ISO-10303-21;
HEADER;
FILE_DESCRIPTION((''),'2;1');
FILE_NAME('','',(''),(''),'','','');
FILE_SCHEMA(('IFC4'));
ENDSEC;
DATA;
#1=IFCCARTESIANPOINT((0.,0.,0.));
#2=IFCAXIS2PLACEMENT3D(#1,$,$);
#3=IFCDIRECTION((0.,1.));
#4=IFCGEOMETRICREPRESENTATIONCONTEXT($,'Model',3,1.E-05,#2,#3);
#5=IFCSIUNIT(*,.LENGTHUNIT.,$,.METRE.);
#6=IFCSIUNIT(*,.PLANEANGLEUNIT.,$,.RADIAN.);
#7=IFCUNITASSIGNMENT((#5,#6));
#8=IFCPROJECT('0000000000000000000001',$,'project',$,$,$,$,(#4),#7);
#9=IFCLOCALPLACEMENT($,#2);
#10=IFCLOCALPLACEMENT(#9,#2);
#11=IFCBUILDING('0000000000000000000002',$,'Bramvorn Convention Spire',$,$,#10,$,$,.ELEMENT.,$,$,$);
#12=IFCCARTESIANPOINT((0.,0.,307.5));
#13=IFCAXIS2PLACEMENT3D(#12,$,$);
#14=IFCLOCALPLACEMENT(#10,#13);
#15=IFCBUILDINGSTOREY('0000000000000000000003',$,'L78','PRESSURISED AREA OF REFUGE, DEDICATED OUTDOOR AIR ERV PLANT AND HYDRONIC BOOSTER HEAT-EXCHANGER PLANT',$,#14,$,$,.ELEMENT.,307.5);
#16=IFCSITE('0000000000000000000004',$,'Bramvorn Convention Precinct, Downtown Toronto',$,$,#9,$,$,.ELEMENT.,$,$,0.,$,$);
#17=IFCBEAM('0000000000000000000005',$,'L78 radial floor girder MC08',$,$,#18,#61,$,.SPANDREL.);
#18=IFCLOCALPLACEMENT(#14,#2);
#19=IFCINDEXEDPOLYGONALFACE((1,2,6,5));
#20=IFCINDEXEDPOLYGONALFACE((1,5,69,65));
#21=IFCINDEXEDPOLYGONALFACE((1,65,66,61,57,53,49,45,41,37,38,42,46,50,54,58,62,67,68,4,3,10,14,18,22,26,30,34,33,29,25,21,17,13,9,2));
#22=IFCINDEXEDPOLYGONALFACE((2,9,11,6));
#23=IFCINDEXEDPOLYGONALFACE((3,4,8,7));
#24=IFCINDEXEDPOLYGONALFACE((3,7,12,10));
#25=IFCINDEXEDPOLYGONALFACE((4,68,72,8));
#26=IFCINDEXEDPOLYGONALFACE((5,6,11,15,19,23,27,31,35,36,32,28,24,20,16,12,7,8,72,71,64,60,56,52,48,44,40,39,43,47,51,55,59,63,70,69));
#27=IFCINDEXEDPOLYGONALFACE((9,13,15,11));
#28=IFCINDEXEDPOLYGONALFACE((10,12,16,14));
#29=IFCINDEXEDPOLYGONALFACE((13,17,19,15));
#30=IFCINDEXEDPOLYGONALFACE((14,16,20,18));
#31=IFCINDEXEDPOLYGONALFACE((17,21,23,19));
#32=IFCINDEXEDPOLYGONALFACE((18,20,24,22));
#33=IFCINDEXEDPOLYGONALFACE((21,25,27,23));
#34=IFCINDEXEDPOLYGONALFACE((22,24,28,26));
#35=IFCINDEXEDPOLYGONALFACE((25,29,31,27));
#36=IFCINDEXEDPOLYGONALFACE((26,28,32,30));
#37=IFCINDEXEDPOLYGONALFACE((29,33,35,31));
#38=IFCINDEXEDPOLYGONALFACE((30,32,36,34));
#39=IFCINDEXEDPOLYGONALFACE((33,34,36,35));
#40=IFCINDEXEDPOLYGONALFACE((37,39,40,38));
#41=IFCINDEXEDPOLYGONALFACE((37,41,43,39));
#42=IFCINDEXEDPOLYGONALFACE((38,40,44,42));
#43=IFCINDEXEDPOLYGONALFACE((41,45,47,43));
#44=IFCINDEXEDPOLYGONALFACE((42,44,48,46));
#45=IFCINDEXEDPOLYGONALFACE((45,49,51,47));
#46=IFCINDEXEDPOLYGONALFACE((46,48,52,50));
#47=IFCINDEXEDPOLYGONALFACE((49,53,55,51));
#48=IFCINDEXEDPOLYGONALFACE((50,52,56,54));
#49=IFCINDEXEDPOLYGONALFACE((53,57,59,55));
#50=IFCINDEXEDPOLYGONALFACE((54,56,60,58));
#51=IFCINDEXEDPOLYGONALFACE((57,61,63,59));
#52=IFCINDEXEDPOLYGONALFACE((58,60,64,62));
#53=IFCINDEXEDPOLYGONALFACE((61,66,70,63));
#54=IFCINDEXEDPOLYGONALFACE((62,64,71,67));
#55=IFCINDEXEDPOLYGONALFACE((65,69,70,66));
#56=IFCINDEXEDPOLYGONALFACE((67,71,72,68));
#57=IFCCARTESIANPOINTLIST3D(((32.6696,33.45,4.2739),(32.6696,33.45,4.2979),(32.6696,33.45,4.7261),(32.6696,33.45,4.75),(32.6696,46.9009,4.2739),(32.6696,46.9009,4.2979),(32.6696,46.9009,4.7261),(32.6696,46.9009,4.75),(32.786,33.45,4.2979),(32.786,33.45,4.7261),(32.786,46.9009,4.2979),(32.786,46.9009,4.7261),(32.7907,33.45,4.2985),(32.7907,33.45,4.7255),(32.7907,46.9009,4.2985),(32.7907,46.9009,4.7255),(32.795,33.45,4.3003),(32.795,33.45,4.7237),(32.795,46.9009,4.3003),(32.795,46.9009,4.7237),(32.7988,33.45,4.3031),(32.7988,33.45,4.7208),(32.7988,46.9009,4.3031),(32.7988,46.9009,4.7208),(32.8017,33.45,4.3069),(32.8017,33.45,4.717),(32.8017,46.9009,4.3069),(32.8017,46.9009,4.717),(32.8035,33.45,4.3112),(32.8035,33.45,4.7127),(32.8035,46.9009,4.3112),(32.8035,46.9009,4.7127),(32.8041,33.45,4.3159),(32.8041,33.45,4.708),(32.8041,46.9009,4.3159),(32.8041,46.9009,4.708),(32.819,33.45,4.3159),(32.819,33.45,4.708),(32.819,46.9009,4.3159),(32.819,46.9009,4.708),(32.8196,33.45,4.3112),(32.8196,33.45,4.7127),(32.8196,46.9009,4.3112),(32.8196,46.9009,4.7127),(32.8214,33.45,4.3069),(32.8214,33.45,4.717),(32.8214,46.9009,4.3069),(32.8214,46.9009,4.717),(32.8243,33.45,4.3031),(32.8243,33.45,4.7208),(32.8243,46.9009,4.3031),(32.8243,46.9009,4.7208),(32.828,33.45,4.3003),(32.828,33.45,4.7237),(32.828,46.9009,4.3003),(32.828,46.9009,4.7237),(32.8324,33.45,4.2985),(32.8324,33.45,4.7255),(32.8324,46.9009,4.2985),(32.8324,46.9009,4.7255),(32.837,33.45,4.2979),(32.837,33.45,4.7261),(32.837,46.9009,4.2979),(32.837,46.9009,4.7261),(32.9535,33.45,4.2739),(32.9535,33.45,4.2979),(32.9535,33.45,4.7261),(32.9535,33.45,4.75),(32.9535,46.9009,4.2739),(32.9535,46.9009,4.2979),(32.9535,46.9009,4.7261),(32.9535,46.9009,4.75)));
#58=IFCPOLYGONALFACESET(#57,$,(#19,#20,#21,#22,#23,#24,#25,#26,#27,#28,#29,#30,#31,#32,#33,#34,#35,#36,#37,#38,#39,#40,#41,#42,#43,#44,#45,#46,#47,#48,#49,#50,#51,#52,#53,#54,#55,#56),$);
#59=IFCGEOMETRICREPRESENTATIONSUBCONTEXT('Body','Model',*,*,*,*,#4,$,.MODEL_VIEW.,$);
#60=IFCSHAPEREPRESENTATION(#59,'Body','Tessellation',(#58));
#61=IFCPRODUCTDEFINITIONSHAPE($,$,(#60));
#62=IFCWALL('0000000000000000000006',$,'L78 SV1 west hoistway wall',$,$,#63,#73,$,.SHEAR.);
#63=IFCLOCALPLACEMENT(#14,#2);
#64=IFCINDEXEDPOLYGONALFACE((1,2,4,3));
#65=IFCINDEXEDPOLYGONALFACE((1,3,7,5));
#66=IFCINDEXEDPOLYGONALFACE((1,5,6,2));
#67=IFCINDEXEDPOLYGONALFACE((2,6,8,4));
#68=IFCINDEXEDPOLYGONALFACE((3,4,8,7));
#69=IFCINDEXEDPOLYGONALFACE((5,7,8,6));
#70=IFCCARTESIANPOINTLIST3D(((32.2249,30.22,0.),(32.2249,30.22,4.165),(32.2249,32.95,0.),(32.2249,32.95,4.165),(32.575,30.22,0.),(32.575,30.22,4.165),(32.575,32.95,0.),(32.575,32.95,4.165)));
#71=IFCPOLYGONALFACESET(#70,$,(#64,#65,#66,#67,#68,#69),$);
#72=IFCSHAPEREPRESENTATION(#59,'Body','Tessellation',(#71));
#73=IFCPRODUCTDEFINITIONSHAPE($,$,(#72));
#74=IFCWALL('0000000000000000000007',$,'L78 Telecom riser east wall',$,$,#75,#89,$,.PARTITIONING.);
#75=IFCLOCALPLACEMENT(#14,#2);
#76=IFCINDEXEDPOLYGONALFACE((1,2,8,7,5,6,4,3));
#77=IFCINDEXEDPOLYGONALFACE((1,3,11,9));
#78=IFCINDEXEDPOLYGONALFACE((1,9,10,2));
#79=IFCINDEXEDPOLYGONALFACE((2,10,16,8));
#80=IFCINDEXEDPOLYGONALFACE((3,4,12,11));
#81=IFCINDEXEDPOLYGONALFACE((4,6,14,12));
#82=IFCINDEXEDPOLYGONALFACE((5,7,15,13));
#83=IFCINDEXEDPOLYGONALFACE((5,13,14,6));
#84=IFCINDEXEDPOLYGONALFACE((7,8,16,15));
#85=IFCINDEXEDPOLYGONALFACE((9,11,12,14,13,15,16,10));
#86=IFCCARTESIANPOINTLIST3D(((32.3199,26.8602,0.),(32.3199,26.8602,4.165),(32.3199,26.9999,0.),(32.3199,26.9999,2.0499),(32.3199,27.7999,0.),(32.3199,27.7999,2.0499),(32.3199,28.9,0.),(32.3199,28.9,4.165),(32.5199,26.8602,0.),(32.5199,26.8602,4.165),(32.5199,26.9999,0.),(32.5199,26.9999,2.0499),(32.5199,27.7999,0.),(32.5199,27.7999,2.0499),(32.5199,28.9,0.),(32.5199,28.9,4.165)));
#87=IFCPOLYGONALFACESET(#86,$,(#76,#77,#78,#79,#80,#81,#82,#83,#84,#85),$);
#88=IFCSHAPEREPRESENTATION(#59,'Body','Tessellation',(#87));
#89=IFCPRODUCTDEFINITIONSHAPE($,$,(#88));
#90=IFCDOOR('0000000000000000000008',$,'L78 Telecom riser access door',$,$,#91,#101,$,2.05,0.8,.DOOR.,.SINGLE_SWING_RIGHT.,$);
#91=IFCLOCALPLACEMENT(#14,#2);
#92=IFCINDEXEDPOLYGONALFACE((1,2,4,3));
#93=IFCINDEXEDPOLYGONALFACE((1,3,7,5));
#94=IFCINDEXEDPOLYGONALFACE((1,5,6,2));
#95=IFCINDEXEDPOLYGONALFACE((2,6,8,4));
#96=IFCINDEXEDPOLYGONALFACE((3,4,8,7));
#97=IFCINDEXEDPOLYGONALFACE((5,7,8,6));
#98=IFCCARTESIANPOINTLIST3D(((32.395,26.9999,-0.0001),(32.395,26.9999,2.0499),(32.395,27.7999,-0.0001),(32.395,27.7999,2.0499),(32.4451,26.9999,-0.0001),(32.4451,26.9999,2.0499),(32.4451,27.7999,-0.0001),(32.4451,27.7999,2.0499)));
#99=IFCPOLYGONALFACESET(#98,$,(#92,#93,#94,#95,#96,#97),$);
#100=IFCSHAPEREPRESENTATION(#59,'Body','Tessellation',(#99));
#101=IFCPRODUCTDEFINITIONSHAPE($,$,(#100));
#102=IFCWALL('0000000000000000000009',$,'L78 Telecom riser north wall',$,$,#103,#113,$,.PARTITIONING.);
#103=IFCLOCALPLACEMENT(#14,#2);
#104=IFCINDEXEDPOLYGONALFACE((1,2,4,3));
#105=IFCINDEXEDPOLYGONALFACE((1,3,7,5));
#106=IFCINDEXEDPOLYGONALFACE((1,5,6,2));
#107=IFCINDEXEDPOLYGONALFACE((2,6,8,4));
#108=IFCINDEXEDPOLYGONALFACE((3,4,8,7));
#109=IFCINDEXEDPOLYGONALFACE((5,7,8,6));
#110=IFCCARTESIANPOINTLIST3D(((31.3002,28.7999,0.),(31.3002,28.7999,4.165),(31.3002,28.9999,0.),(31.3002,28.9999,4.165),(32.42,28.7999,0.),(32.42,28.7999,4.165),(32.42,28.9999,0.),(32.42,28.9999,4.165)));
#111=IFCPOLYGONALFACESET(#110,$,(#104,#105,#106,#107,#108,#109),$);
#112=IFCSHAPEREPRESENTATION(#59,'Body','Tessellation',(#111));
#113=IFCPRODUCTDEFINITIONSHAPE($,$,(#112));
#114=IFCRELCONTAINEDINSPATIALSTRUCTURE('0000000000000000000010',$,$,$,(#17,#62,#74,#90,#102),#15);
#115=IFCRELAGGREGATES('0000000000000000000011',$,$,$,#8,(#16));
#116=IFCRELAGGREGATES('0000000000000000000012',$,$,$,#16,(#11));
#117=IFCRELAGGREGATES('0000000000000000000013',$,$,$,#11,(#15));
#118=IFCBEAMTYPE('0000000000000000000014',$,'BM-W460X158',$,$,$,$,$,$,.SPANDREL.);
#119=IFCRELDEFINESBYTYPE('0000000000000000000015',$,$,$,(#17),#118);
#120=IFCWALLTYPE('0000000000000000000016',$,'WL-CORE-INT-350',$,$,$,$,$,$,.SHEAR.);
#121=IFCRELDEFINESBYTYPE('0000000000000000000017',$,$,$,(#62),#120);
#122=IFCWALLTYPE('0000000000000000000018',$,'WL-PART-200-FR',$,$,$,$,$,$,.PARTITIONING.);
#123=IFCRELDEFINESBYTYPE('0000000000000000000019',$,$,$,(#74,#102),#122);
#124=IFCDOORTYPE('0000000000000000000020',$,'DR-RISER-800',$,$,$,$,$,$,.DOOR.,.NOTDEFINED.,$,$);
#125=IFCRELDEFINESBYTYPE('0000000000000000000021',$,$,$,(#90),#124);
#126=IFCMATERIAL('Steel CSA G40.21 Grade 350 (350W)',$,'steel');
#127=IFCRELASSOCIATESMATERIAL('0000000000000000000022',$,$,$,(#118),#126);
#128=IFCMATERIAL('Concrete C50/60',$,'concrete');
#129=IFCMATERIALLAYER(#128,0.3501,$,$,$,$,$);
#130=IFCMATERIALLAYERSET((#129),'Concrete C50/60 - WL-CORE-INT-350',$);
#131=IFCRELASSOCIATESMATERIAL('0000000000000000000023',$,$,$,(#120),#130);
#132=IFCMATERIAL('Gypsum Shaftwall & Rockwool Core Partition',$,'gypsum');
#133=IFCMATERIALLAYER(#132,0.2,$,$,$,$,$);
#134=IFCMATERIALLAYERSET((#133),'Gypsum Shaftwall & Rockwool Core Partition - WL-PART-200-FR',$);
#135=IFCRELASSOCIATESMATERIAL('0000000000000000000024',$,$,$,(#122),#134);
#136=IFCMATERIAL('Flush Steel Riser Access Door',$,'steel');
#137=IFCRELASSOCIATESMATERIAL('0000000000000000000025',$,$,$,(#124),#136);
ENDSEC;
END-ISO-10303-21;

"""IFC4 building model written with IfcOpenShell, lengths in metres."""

from ifc_helpers import new_model, si_unit, direction, frame, frame_2d, origin, origin_2d, place, context, subcontext, project, spatial, rectangle, i_section, extrude, material, layer, layer_set, material_profile, profile_set, type_object, element, fill, save


model = new_model("IFC4")

# Units and contexts
model_context = context("Model", 3, precision=1e-05, world=origin(), true_north=direction((0.0, 1.0)))
body_context = subcontext(model_context, "Body", "Model", "MODEL_VIEW")
ifc_project = project(units=[si_unit("LENGTHUNIT", "METRE"), si_unit("PLANEANGLEUNIT", "RADIAN")], contexts=[model_context])

# Site, building, storey
site_placement = place(None, origin())
site = spatial("IfcSite", under=ifc_project, at=site_placement, Name="Bramvorn Convention Precinct, Downtown Toronto", CompositionType="ELEMENT", RefElevation=0.0)
building_placement = place(site_placement, origin())
building = spatial("IfcBuilding", under=site, at=building_placement, Name="Bramvorn Convention Spire", CompositionType="ELEMENT")
storey_placement = place(building_placement, frame((0.0, 0.0, 307.5)))
storey = spatial("IfcBuildingStorey", under=building, at=storey_placement, Name="L78", Description="PRESSURISED AREA OF REFUGE, DEDICATED OUTDOOR AIR ERV PLANT AND HYDRONIC BOOSTER HEAT-EXCHANGER PLANT", CompositionType="ELEMENT", Elevation=307.5)

# Beam
ifc_material_1 = material(Name="Steel CSA G40.21 Grade 350 (350W)", Category="steel")
ifc_material_profile = material_profile(ifc_material_1, i_section(OverallWidth=0.2839, OverallDepth=0.4761, WebThickness=0.0149, FlangeThickness=0.0239, FilletRadius=0.0181, at=origin_2d()))
ifc_profile_set = profile_set([ifc_material_profile], Name="Steel CSA G40.21 Grade 350 (350W) - W460X158")
beam_type = type_object("IfcBeamType", Name="BM-W460X158", PredefinedType="SPANDREL", material=ifc_profile_set)
beam_placement = place(storey_placement, frame((32.8115, 33.45, 4.512), z_axis=(0.0, 1.0, 0.0), x_axis=(-1.0, 0.0, 0.0)))
element("IfcBeam", 1, at=beam_placement, inside=storey, type_object=beam_type, Name="L78 radial floor girder MC08", PredefinedType="SPANDREL", context=body_context, shape_type="SweptSolid", body=[
    extrude(i_section(OverallWidth=0.2839, OverallDepth=0.4761, WebThickness=0.0149, FlangeThickness=0.0239, FilletRadius=0.0181, at=origin_2d()), origin(), (0.0, 0.0, 1.0), 13.4509),
])

# Shared definitions
ifc_material_2 = material(Name="Concrete C50/60", Category="concrete")
ifc_layer_1 = layer(ifc_material_2, 0.3501)
ifc_layer_set_1 = layer_set([ifc_layer_1], Name="Concrete C50/60 - WL-CORE-INT-350")
wall_type_1 = type_object("IfcWallType", Name="WL-CORE-INT-350", PredefinedType="SHEAR", material=ifc_layer_set_1)

# Wall
wall_1_placement = place(storey_placement, frame((32.3999, 30.22, 0.0), z_axis=(0.0, 0.0, 1.0), x_axis=(0.0, 1.0, 0.0)))
element("IfcWall", 2, at=wall_1_placement, inside=storey, type_object=wall_type_1, Name="L78 SV1 west hoistway wall", PredefinedType="SHEAR", context=body_context, shape_type="SweptSolid", body=[
    extrude(rectangle(XDim=2.73, YDim=0.3501, at=frame_2d((1.365, 0.0))), origin(), (0.0, 0.0, 1.0), 4.165),
])

# Wall, opening, door
ifc_material_3 = material(Name="Gypsum Shaftwall & Rockwool Core Partition", Category="gypsum")
ifc_layer_2 = layer(ifc_material_3, 0.2)
ifc_layer_set_2 = layer_set([ifc_layer_2], Name="Gypsum Shaftwall & Rockwool Core Partition - WL-PART-200-FR")
wall_type_2 = type_object("IfcWallType", Name="WL-PART-200-FR", PredefinedType="PARTITIONING", material=ifc_layer_set_2)
wall_2_placement = place(storey_placement, frame((32.4199, 26.8601, 0.0), z_axis=(0.0, 0.0, 1.0), x_axis=(0.0, 1.0, 0.0)))
wall_2 = element("IfcWall", 3, at=wall_2_placement, inside=storey, type_object=wall_type_2, Name="L78 Telecom riser east wall", PredefinedType="PARTITIONING", context=body_context, shape_type="SweptSolid", body=[
    extrude(rectangle(XDim=2.0398, YDim=0.2, at=frame_2d((1.02, 0.0))), origin(), (0.0, 0.0, 1.0), 4.165),
])
opening_1_placement = place(wall_2_placement, frame((0.1399, 0.0, 0.0)))
opening_1 = element("IfcOpeningElement", 4, at=opening_1_placement, cuts=wall_2, PredefinedType="OPENING", context=body_context, shape_type="SweptSolid", body=[
    extrude(rectangle(XDim=0.8, YDim=2.05, at=frame_2d((0.3999, 1.0249))), frame((0.0, 0.1099, 0.0), z_axis=(0.0, -1.0, 0.0), x_axis=(1.0, 0.0, 0.0)), (0.0, 0.0, 1.0), 0.22),
])
ifc_material_4 = material(Name="Flush Steel Riser Access Door", Category="steel")
door_type_1 = type_object("IfcDoorType", Name="DR-RISER-800", OperationType="NOTDEFINED", PredefinedType="DOOR", material=ifc_material_4)
door_1_placement = place(opening_1_placement, origin())
door_1 = element("IfcDoor", 5, at=door_1_placement, inside=storey, type_object=door_type_1, Name="L78 Telecom riser access door", OperationType="SINGLE_SWING_RIGHT", OverallHeight=2.05, OverallWidth=0.8, PredefinedType="DOOR", context=body_context, shape_type="SweptSolid", body=[
    extrude(rectangle(XDim=0.8, YDim=2.05, at=frame_2d((0.3999, 1.0249))), frame((0.0, 0.0249, 0.0), z_axis=(0.0, -1.0, 0.0), x_axis=(1.0, 0.0, 0.0)), (0.0, 0.0, 1.0), 0.05),
])
fill(opening_1, door_1)

# Wall
wall_3_placement = place(storey_placement, frame((31.3, 28.8999, 0.0), z_axis=(0.0, 0.0, 1.0), x_axis=(1.0, 0.0, 0.0)))
element("IfcWall", 6, at=wall_3_placement, inside=storey, type_object=wall_type_2, Name="L78 Telecom riser north wall", PredefinedType="PARTITIONING", context=body_context, shape_type="SweptSolid", body=[
    extrude(rectangle(XDim=1.1199, YDim=0.2, at=frame_2d((0.5601, 0.0))), origin(), (0.0, 0.0, 1.0), 4.165),
])

save(model, "model.ifc")
